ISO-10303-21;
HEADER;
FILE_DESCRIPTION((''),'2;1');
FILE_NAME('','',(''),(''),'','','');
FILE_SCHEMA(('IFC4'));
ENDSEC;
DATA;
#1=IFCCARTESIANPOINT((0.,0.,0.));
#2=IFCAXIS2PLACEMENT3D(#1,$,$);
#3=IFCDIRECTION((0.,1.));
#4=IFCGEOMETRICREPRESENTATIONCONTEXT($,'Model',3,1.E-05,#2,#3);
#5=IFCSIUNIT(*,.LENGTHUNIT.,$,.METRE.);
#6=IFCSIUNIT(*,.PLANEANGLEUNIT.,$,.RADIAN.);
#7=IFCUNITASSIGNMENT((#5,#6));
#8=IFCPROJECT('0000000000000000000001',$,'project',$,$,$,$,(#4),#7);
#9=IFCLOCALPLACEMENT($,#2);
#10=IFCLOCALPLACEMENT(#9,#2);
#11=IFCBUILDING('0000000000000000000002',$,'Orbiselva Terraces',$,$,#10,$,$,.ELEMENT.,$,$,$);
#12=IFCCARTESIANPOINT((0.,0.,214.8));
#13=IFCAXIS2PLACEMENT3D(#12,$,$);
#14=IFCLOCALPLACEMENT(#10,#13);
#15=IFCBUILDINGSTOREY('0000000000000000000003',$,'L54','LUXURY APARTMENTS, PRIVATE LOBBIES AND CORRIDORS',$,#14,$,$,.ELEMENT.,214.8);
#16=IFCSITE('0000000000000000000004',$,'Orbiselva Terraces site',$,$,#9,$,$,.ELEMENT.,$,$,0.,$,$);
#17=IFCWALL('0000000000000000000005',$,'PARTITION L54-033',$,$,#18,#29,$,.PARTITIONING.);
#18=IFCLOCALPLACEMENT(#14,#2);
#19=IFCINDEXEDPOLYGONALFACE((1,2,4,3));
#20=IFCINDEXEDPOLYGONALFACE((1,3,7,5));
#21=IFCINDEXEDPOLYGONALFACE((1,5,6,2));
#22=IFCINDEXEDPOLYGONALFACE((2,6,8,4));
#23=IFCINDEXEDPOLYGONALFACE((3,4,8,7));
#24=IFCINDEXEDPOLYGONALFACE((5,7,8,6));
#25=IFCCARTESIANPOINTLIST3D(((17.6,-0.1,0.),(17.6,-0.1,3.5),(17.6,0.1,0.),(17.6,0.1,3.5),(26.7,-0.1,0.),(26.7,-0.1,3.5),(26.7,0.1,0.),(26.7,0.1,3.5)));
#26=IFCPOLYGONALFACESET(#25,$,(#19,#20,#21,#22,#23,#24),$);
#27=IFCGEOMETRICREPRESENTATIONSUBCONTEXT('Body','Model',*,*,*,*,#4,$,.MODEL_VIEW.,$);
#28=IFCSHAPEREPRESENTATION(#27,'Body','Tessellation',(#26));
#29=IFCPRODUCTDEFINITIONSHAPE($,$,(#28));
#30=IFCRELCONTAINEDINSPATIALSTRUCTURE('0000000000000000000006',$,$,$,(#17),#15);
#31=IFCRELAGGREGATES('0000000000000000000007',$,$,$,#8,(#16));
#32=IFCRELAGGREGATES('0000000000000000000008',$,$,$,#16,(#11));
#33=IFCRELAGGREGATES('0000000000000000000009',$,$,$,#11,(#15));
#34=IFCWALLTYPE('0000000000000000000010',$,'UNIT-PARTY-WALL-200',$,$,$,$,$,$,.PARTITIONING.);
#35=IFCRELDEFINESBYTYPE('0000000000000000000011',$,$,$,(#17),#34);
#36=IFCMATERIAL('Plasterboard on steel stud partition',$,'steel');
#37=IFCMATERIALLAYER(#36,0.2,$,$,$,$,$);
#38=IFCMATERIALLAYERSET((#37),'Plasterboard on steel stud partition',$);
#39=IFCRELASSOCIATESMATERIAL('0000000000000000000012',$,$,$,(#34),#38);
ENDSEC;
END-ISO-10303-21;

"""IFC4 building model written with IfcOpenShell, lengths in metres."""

from ifc_helpers import new_model, si_unit, direction, frame, frame_2d, origin, place, context, subcontext, project, spatial, rectangle, extrude, material, layer, layer_set, type_object, element, save


model = new_model("IFC4")

# Units and contexts
model_context = context("Model", 3, precision=1e-05, world=origin(), true_north=direction((0.0, 1.0)))
body_context = subcontext(model_context, "Body", "Model", "MODEL_VIEW")
ifc_project = project(units=[si_unit("LENGTHUNIT", "METRE"), si_unit("PLANEANGLEUNIT", "RADIAN")], contexts=[model_context])

# Site, building, storey
site_placement = place(None, origin())
site = spatial("IfcSite", under=ifc_project, at=site_placement, Name="Orbiselva Terraces site", CompositionType="ELEMENT", RefElevation=0.0)
building_placement = place(site_placement, origin())
building = spatial("IfcBuilding", under=site, at=building_placement, Name="Orbiselva Terraces", CompositionType="ELEMENT")
storey_placement = place(building_placement, frame((0.0, 0.0, 214.8)))
storey = spatial("IfcBuildingStorey", under=building, at=storey_placement, Name="L54", Description="LUXURY APARTMENTS, PRIVATE LOBBIES AND CORRIDORS", CompositionType="ELEMENT", Elevation=214.8)

# Shared definitions
ifc_material_1 = material(Name="Plasterboard on steel stud partition", Category="steel")

# Wall
ifc_layer_1 = layer(ifc_material_1, 0.2)
ifc_layer_set_1 = layer_set([ifc_layer_1], Name="Plasterboard on steel stud partition")
wall_type_1 = type_object("IfcWallType", Name="UNIT-PARTY-WALL-200", PredefinedType="PARTITIONING", material=ifc_layer_set_1)
wall_1_placement = place(storey_placement, frame((17.6, 0.0, 0.0), z_axis=(0.0, 0.0, 1.0), x_axis=(1.0, 0.0, 0.0)))
element("IfcWall", 1, at=wall_1_placement, inside=storey, type_object=wall_type_1, Name="PARTITION L54-033", PredefinedType="PARTITIONING", context=body_context, shape_type="SweptSolid", body=[
    extrude(rectangle(XDim=9.1, YDim=0.2, at=frame_2d((4.55, 0.0))), origin(), (0.0, 0.0, 1.0), 3.5),
])

save(model, "model.ifc")
